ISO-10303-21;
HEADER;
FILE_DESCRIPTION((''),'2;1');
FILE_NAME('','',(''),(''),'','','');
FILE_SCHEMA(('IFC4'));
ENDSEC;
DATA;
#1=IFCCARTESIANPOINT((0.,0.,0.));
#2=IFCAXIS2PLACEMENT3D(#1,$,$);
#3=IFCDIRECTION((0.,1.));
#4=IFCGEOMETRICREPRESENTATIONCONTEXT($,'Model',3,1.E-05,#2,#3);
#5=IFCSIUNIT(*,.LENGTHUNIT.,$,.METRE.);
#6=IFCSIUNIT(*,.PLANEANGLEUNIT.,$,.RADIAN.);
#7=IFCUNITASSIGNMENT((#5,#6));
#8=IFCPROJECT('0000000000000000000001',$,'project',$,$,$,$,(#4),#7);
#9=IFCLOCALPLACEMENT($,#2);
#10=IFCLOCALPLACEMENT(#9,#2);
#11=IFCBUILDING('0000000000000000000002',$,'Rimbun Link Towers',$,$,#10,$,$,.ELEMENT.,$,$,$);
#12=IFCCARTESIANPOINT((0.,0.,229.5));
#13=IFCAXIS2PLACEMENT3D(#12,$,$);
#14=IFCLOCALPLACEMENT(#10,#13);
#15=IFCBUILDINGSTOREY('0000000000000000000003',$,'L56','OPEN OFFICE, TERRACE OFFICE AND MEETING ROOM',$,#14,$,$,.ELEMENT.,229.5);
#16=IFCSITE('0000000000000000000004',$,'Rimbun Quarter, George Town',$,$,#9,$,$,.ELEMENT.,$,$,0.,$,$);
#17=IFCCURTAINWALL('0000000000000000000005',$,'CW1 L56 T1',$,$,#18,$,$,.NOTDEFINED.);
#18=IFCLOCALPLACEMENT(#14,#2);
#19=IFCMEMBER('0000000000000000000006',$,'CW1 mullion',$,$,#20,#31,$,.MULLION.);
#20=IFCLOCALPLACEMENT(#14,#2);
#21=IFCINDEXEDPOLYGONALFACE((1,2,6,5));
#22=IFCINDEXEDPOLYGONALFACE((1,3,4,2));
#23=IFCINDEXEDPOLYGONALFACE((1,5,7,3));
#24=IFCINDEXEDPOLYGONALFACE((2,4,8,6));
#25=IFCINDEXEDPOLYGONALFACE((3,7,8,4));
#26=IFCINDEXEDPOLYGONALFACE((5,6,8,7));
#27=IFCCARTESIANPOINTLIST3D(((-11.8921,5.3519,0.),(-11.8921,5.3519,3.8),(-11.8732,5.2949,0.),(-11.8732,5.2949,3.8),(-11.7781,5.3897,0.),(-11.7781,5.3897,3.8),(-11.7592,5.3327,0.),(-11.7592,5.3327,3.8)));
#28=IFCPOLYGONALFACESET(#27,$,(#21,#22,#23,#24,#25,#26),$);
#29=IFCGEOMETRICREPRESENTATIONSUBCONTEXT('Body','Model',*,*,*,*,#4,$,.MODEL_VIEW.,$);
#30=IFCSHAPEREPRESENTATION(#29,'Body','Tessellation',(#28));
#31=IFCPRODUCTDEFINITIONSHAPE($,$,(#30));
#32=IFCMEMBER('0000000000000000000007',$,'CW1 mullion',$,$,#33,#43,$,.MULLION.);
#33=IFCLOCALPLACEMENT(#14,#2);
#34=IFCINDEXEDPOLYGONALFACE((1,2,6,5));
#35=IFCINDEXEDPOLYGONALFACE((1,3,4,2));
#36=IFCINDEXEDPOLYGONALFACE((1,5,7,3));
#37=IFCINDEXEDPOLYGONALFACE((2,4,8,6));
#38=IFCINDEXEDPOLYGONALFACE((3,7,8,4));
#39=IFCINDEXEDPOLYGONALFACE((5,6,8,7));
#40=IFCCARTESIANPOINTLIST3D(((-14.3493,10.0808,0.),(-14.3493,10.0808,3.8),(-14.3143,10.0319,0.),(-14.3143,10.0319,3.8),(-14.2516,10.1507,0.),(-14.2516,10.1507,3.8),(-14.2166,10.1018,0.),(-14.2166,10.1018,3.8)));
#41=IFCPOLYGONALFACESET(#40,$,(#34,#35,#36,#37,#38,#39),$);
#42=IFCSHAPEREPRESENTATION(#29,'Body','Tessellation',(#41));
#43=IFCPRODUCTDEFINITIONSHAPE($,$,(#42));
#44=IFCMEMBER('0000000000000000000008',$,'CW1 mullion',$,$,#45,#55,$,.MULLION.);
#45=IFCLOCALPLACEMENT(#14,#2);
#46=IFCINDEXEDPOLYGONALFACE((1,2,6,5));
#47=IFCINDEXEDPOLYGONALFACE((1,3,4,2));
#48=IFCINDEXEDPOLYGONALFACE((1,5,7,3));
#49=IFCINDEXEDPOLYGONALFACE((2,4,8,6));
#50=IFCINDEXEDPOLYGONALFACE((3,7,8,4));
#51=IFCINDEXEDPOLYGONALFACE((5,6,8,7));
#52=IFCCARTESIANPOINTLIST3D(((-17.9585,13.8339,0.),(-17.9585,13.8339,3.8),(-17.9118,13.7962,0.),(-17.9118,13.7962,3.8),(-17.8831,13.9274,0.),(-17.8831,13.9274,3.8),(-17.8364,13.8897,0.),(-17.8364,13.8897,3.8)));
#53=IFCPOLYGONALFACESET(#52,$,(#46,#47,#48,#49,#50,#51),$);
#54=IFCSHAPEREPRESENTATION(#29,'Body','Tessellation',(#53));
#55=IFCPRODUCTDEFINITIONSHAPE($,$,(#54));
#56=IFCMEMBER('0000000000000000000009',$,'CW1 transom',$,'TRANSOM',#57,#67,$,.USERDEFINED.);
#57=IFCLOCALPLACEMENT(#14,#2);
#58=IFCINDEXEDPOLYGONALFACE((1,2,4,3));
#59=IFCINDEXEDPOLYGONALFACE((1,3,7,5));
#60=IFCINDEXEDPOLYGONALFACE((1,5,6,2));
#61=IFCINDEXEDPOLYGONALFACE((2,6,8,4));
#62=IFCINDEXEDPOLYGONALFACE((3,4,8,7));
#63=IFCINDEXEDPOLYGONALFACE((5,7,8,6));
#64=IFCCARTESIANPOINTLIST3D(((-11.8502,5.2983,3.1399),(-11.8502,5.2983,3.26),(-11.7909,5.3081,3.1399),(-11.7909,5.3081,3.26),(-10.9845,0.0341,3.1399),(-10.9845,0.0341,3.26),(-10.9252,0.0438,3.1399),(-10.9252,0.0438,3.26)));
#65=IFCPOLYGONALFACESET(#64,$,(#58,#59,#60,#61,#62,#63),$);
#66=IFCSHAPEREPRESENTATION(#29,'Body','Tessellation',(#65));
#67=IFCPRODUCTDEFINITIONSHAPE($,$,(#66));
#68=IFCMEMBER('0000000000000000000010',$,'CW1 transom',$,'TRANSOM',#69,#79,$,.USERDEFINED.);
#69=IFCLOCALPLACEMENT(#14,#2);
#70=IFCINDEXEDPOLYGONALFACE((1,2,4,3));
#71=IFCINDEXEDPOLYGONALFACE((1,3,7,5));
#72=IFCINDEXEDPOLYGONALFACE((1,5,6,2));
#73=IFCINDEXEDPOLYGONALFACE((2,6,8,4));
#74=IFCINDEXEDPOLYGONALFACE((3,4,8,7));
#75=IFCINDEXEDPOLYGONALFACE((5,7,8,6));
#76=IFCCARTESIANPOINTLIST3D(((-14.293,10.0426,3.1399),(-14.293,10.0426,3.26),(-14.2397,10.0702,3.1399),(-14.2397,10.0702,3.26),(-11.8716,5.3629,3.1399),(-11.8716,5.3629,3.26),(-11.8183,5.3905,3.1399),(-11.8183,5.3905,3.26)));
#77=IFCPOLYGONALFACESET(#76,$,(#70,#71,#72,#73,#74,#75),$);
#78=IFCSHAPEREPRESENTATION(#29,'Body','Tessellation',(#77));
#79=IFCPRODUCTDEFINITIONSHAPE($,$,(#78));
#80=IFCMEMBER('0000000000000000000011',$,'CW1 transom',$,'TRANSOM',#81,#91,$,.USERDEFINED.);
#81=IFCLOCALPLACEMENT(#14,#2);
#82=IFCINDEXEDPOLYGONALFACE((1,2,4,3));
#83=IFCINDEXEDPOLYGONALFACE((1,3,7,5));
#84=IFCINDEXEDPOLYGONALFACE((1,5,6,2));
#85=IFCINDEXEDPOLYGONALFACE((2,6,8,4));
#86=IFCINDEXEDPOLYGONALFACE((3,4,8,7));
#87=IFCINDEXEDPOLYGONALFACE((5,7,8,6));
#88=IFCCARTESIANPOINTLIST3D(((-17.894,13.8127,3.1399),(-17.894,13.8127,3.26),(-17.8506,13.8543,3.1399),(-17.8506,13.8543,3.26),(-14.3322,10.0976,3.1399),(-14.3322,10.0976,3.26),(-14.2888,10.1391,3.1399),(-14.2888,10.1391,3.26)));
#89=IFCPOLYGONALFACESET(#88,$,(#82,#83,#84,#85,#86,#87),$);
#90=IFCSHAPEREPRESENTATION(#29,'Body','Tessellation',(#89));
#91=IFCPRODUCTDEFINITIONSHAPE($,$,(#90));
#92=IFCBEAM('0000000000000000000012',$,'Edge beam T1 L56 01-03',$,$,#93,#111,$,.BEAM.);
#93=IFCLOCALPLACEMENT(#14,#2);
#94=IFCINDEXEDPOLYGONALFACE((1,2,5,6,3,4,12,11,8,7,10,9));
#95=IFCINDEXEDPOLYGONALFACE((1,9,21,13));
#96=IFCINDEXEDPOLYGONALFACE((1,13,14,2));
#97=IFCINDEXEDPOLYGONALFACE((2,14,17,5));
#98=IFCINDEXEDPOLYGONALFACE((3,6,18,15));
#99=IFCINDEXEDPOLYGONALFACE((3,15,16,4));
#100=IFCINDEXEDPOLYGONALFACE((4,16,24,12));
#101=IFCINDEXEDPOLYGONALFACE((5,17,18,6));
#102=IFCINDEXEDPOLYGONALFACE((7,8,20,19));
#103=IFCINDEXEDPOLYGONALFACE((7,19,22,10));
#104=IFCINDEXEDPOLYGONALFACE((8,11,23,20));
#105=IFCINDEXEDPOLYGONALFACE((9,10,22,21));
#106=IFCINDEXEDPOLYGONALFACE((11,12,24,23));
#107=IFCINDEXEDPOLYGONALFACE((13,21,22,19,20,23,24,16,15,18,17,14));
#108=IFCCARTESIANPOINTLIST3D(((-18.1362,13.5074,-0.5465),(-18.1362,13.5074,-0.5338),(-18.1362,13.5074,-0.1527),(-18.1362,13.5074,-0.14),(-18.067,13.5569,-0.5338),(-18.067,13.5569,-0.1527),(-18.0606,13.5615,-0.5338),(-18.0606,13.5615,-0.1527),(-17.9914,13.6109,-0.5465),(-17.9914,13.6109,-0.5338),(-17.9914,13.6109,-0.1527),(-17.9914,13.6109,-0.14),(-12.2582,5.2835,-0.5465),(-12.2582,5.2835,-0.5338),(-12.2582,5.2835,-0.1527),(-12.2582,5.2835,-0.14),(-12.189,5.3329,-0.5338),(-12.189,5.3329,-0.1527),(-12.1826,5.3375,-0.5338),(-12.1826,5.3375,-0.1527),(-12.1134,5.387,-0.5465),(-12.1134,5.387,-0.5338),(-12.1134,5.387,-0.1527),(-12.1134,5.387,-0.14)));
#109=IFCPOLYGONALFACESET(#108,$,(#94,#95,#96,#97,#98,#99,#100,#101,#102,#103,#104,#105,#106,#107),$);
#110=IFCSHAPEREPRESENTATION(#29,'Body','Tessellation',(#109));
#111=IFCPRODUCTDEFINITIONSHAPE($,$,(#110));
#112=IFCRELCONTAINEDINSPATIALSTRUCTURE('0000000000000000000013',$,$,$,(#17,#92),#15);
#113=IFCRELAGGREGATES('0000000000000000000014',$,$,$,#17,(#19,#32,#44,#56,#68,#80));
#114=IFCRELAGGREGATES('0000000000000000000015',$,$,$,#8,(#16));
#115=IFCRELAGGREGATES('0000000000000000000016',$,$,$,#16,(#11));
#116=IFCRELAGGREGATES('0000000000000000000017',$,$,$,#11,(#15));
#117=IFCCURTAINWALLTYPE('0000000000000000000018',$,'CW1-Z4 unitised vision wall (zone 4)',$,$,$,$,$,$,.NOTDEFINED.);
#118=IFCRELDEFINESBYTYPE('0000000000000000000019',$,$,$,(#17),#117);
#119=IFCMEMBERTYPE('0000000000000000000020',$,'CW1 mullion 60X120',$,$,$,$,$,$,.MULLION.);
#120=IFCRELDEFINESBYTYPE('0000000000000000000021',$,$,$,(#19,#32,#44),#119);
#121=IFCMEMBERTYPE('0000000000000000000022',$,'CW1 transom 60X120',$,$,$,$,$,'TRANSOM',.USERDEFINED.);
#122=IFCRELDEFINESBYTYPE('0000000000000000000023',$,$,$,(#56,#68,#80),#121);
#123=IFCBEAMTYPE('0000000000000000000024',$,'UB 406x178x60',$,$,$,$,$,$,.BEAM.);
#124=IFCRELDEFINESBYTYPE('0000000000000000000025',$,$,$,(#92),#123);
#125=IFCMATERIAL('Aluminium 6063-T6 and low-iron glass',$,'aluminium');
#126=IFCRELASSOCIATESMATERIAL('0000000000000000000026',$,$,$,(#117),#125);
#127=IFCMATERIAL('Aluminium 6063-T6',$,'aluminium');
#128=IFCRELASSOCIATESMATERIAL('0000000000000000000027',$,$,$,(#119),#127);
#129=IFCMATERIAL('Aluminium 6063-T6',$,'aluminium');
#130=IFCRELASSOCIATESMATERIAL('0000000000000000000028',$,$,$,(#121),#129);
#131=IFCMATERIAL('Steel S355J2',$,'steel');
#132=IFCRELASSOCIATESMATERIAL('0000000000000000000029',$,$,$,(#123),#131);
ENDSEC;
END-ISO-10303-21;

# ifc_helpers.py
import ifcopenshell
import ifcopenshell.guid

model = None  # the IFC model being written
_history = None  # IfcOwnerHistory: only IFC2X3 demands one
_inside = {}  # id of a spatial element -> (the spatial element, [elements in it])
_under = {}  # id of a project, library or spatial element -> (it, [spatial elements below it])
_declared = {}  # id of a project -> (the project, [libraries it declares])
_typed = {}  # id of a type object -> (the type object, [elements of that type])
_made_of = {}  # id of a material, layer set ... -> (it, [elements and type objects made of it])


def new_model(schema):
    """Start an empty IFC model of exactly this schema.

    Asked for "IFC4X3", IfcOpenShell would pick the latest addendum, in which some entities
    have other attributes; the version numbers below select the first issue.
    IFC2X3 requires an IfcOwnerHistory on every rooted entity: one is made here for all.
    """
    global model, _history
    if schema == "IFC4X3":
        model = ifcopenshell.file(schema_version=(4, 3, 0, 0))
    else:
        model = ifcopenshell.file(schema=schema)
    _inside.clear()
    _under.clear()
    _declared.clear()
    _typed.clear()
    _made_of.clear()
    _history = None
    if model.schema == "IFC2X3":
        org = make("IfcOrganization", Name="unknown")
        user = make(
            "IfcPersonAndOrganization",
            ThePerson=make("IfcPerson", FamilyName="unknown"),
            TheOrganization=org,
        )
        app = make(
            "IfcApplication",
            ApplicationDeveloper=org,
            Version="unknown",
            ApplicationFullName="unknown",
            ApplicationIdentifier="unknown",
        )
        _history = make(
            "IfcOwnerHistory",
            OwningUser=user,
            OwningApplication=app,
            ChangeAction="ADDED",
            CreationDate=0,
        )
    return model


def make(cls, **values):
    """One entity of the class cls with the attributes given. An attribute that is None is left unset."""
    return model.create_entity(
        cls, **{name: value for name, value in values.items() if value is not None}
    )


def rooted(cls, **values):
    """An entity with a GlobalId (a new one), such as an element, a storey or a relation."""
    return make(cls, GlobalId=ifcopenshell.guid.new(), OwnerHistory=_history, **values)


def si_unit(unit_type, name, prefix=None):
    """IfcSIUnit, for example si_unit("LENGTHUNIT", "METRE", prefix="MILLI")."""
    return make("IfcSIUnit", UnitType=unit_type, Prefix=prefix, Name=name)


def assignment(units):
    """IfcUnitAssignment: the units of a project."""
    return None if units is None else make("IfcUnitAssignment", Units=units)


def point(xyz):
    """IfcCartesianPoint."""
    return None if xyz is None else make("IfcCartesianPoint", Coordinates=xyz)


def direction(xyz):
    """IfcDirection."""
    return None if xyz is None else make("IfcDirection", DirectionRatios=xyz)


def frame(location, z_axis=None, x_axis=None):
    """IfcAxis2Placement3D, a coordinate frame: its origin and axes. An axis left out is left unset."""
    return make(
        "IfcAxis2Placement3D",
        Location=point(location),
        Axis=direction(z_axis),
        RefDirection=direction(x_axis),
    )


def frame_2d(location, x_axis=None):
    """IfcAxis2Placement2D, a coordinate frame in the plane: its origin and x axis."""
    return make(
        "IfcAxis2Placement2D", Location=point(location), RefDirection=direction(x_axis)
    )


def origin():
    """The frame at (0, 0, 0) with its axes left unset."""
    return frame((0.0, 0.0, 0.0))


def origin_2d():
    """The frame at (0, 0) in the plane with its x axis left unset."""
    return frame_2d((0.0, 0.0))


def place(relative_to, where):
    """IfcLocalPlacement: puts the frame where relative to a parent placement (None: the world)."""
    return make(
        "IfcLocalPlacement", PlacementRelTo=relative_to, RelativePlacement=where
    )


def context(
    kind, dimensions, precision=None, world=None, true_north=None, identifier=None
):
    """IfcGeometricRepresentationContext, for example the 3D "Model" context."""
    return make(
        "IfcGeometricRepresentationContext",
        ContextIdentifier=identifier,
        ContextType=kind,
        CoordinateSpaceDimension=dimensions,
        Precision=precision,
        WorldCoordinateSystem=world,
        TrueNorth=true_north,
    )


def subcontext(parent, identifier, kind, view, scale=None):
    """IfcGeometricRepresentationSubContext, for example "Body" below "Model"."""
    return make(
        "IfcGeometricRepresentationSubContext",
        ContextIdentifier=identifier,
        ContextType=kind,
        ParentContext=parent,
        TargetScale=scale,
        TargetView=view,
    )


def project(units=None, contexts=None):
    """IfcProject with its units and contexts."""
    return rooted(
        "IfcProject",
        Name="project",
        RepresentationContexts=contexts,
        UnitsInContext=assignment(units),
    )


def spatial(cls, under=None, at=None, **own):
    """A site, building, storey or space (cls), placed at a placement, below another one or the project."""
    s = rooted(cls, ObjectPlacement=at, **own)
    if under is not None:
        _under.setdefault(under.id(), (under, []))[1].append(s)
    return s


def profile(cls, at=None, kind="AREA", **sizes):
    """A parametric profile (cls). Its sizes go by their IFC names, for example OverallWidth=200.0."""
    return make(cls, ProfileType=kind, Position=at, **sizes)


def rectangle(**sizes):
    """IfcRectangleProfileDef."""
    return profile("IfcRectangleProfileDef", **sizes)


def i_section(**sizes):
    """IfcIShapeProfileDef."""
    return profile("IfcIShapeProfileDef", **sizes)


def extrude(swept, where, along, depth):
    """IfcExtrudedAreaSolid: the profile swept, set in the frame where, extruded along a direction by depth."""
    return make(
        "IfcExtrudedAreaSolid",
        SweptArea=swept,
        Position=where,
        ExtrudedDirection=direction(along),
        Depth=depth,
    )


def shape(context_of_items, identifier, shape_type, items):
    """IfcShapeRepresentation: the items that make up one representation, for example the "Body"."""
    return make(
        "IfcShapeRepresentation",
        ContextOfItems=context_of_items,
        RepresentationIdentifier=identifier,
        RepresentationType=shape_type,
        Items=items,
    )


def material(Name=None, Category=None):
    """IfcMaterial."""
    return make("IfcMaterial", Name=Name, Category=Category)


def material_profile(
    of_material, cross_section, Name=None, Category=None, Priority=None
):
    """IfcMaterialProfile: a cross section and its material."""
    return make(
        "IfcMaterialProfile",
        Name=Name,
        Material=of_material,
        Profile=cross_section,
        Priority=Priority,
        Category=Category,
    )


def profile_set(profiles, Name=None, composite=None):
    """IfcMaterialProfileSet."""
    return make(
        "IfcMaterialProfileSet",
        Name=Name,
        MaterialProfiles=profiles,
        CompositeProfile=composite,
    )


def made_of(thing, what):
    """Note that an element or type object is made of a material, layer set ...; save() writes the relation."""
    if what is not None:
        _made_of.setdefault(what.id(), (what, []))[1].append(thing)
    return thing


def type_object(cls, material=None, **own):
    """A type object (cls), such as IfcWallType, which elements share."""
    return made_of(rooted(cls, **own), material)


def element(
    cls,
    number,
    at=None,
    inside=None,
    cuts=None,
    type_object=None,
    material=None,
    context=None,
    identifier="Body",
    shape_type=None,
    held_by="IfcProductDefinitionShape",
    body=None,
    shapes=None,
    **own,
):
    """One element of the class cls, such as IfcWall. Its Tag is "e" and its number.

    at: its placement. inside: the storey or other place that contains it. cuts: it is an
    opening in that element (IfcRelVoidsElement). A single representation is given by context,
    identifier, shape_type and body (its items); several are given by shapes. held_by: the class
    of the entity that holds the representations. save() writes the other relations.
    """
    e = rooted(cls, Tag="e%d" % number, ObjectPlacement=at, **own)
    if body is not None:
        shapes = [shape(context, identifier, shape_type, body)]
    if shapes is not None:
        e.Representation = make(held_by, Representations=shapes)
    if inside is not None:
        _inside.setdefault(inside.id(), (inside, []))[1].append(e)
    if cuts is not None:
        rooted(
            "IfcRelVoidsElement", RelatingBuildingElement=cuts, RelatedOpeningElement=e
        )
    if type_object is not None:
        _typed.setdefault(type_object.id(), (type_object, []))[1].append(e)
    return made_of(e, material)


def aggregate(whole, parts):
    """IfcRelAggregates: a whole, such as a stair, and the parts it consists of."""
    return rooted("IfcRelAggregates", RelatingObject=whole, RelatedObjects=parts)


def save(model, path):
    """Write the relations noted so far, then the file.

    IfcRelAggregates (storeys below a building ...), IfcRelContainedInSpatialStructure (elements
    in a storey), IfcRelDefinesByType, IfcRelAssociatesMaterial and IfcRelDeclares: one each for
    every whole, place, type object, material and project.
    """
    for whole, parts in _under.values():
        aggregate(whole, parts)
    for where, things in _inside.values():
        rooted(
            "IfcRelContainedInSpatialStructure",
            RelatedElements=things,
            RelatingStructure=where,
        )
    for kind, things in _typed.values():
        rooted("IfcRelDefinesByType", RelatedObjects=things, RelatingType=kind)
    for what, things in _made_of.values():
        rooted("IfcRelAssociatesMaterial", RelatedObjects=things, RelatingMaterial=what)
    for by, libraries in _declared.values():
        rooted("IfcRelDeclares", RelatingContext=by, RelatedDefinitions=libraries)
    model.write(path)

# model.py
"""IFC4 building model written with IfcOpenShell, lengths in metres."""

from ifc_helpers import new_model, si_unit, direction, frame, origin, origin_2d, place, context, subcontext, project, spatial, rectangle, i_section, extrude, material, material_profile, profile_set, type_object, element, aggregate, save


model = new_model("IFC4")

# Units and contexts
model_context = context("Model", 3, precision=1e-05, world=origin(), true_north=direction((0.0, 1.0)))
body_context = subcontext(model_context, "Body", "Model", "MODEL_VIEW")
ifc_project = project(units=[si_unit("LENGTHUNIT", "METRE"), si_unit("PLANEANGLEUNIT", "RADIAN")], contexts=[model_context])

# Site, building, storey
site_placement = place(None, origin())
site = spatial("IfcSite", under=ifc_project, at=site_placement, Name="Rimbun Quarter, George Town", CompositionType="ELEMENT", RefElevation=0.0)
building_placement = place(site_placement, origin())
building = spatial("IfcBuilding", under=site, at=building_placement, Name="Rimbun Link Towers", CompositionType="ELEMENT")
storey_placement = place(building_placement, frame((0.0, 0.0, 229.5)))
storey = spatial("IfcBuildingStorey", under=building, at=storey_placement, Name="L56", Description="OPEN OFFICE, TERRACE OFFICE AND MEETING ROOM", CompositionType="ELEMENT", Elevation=229.5)

# Curtain wall, members
ifc_material_1 = material(Name="Aluminium 6063-T6 and low-iron glass", Category="aluminium")
curtain_wall_type = type_object("IfcCurtainWallType", Name="CW1-Z4 unitised vision wall (zone 4)", PredefinedType="NOTDEFINED", material=ifc_material_1)
curtain_wall_placement = place(storey_placement, origin())
curtain_wall = element("IfcCurtainWall", 1, at=curtain_wall_placement, inside=storey, type_object=curtain_wall_type, Name="CW1 L56 T1", PredefinedType="NOTDEFINED")
ifc_material_2 = material(Name="Aluminium 6063-T6", Category="aluminium")
ifc_material_profile_1 = material_profile(ifc_material_2, rectangle(XDim=0.1201, YDim=0.0601, at=origin_2d()), Name="MULLION 60X120")
ifc_profile_set_1 = profile_set([ifc_material_profile_1], Name="Aluminium 6063-T6")
member_type_1 = type_object("IfcMemberType", Name="CW1 mullion 60X120", PredefinedType="MULLION", material=ifc_profile_set_1)
member_1_placement = place(storey_placement, frame((-11.8257, 5.3423, 0.0), z_axis=(0.0, 0.0, 1.0), x_axis=(0.949161, 0.31479, 0.0)))
member_1 = element("IfcMember", 2, at=member_1_placement, type_object=member_type_1, Name="CW1 mullion", PredefinedType="MULLION", context=body_context, shape_type="SweptSolid", body=[
    extrude(rectangle(XDim=0.1201, YDim=0.0601, at=origin_2d()), origin(), (0.0, 0.0, 1.0), 3.8),
])
member_2_placement = place(storey_placement, frame((-14.283, 10.0913, 0.0), z_axis=(0.0, 0.0, 1.0), x_axis=(0.813354, 0.58177, 0.0)))
member_2 = element("IfcMember", 3, at=member_2_placement, type_object=member_type_1, Name="CW1 mullion", PredefinedType="MULLION", context=body_context, shape_type="SweptSolid", body=[
    extrude(rectangle(XDim=0.1201, YDim=0.0601, at=origin_2d()), origin(), (0.0, 0.0, 1.0), 3.8),
])
member_3_placement = place(storey_placement, frame((-17.8975, 13.8618, 0.0), z_axis=(0.0, 0.0, 1.0), x_axis=(0.627673, 0.778477, 0.0)))
member_3 = element("IfcMember", 4, at=member_3_placement, type_object=member_type_1, Name="CW1 mullion", PredefinedType="MULLION", context=body_context, shape_type="SweptSolid", body=[
    extrude(rectangle(XDim=0.1201, YDim=0.0601, at=origin_2d()), origin(), (0.0, 0.0, 1.0), 3.8),
])
ifc_material_3 = material(Name="Aluminium 6063-T6", Category="aluminium")
ifc_material_profile_2 = material_profile(ifc_material_3, rectangle(XDim=0.0601, YDim=0.1201, at=origin_2d()), Name="TRANSOM 60X120")
ifc_profile_set_2 = profile_set([ifc_material_profile_2], Name="Aluminium 6063-T6")
member_type_2 = type_object("IfcMemberType", Name="CW1 transom 60X120", ElementType="TRANSOM", PredefinedType="USERDEFINED", material=ifc_profile_set_2)
member_4_placement = place(storey_placement, frame((-11.8206, 5.3032, 3.2), z_axis=(0.162276, -0.986745, 0.0), x_axis=(0.986745, 0.162276, 0.0)))
member_4 = element("IfcMember", 5, at=member_4_placement, type_object=member_type_2, Name="CW1 transom", ObjectType="TRANSOM", PredefinedType="USERDEFINED", context=body_context, shape_type="SweptSolid", body=[
    extrude(rectangle(XDim=0.0601, YDim=0.1201, at=origin_2d()), origin(), (0.0, 0.0, 1.0), 5.335),
])
member_5_placement = place(storey_placement, frame((-14.2664, 10.0564, 3.2), z_axis=(0.459551, -0.888151, 0.0), x_axis=(0.888151, 0.459551, 0.0)))
member_5 = element("IfcMember", 6, at=member_5_placement, type_object=member_type_2, Name="CW1 transom", ObjectType="TRANSOM", PredefinedType="USERDEFINED", context=body_context, shape_type="SweptSolid", body=[
    extrude(rectangle(XDim=0.0601, YDim=0.1201, at=origin_2d()), origin(), (0.0, 0.0, 1.0), 5.269),
])
member_6_placement = place(storey_placement, frame((-17.8723, 13.8335, 3.2), z_axis=(0.692055, -0.721845, 0.0), x_axis=(0.721845, 0.692055, 0.0)))
member_6 = element("IfcMember", 7, at=member_6_placement, type_object=member_type_2, Name="CW1 transom", ObjectType="TRANSOM", PredefinedType="USERDEFINED", context=body_context, shape_type="SweptSolid", body=[
    extrude(rectangle(XDim=0.0601, YDim=0.1201, at=origin_2d()), origin(), (0.0, 0.0, 1.0), 5.1467),
])

# Beam
ifc_material_4 = material(Name="Steel S355J2", Category="steel")
ifc_material_profile_3 = material_profile(ifc_material_4, i_section(OverallWidth=0.178, OverallDepth=0.4065, WebThickness=0.0078, FlangeThickness=0.0127, at=origin_2d()), Name="UB 406x178x60")
ifc_profile_set_3 = profile_set([ifc_material_profile_3], Name="Steel S355J2")
beam_type = type_object("IfcBeamType", Name="UB 406x178x60", PredefinedType="BEAM", material=ifc_profile_set_3)
beam_placement = place(storey_placement, frame((-12.1858, 5.3352, -0.3433), z_axis=(-0.581483, 0.813559, 0.0), x_axis=(-0.813559, -0.581483, 0.0)))
element("IfcBeam", 8, at=beam_placement, inside=storey, type_object=beam_type, Name="Edge beam T1 L56 01-03", PredefinedType="BEAM", context=body_context, shape_type="SweptSolid", body=[
    extrude(i_section(OverallWidth=0.178, OverallDepth=0.4065, WebThickness=0.0078, FlangeThickness=0.0127, at=origin_2d()), origin(), (0.0, 0.0, 1.0), 10.1086),
])

aggregate(curtain_wall, [member_1, member_2, member_3, member_4, member_5, member_6])

save(model, "model.ifc")
